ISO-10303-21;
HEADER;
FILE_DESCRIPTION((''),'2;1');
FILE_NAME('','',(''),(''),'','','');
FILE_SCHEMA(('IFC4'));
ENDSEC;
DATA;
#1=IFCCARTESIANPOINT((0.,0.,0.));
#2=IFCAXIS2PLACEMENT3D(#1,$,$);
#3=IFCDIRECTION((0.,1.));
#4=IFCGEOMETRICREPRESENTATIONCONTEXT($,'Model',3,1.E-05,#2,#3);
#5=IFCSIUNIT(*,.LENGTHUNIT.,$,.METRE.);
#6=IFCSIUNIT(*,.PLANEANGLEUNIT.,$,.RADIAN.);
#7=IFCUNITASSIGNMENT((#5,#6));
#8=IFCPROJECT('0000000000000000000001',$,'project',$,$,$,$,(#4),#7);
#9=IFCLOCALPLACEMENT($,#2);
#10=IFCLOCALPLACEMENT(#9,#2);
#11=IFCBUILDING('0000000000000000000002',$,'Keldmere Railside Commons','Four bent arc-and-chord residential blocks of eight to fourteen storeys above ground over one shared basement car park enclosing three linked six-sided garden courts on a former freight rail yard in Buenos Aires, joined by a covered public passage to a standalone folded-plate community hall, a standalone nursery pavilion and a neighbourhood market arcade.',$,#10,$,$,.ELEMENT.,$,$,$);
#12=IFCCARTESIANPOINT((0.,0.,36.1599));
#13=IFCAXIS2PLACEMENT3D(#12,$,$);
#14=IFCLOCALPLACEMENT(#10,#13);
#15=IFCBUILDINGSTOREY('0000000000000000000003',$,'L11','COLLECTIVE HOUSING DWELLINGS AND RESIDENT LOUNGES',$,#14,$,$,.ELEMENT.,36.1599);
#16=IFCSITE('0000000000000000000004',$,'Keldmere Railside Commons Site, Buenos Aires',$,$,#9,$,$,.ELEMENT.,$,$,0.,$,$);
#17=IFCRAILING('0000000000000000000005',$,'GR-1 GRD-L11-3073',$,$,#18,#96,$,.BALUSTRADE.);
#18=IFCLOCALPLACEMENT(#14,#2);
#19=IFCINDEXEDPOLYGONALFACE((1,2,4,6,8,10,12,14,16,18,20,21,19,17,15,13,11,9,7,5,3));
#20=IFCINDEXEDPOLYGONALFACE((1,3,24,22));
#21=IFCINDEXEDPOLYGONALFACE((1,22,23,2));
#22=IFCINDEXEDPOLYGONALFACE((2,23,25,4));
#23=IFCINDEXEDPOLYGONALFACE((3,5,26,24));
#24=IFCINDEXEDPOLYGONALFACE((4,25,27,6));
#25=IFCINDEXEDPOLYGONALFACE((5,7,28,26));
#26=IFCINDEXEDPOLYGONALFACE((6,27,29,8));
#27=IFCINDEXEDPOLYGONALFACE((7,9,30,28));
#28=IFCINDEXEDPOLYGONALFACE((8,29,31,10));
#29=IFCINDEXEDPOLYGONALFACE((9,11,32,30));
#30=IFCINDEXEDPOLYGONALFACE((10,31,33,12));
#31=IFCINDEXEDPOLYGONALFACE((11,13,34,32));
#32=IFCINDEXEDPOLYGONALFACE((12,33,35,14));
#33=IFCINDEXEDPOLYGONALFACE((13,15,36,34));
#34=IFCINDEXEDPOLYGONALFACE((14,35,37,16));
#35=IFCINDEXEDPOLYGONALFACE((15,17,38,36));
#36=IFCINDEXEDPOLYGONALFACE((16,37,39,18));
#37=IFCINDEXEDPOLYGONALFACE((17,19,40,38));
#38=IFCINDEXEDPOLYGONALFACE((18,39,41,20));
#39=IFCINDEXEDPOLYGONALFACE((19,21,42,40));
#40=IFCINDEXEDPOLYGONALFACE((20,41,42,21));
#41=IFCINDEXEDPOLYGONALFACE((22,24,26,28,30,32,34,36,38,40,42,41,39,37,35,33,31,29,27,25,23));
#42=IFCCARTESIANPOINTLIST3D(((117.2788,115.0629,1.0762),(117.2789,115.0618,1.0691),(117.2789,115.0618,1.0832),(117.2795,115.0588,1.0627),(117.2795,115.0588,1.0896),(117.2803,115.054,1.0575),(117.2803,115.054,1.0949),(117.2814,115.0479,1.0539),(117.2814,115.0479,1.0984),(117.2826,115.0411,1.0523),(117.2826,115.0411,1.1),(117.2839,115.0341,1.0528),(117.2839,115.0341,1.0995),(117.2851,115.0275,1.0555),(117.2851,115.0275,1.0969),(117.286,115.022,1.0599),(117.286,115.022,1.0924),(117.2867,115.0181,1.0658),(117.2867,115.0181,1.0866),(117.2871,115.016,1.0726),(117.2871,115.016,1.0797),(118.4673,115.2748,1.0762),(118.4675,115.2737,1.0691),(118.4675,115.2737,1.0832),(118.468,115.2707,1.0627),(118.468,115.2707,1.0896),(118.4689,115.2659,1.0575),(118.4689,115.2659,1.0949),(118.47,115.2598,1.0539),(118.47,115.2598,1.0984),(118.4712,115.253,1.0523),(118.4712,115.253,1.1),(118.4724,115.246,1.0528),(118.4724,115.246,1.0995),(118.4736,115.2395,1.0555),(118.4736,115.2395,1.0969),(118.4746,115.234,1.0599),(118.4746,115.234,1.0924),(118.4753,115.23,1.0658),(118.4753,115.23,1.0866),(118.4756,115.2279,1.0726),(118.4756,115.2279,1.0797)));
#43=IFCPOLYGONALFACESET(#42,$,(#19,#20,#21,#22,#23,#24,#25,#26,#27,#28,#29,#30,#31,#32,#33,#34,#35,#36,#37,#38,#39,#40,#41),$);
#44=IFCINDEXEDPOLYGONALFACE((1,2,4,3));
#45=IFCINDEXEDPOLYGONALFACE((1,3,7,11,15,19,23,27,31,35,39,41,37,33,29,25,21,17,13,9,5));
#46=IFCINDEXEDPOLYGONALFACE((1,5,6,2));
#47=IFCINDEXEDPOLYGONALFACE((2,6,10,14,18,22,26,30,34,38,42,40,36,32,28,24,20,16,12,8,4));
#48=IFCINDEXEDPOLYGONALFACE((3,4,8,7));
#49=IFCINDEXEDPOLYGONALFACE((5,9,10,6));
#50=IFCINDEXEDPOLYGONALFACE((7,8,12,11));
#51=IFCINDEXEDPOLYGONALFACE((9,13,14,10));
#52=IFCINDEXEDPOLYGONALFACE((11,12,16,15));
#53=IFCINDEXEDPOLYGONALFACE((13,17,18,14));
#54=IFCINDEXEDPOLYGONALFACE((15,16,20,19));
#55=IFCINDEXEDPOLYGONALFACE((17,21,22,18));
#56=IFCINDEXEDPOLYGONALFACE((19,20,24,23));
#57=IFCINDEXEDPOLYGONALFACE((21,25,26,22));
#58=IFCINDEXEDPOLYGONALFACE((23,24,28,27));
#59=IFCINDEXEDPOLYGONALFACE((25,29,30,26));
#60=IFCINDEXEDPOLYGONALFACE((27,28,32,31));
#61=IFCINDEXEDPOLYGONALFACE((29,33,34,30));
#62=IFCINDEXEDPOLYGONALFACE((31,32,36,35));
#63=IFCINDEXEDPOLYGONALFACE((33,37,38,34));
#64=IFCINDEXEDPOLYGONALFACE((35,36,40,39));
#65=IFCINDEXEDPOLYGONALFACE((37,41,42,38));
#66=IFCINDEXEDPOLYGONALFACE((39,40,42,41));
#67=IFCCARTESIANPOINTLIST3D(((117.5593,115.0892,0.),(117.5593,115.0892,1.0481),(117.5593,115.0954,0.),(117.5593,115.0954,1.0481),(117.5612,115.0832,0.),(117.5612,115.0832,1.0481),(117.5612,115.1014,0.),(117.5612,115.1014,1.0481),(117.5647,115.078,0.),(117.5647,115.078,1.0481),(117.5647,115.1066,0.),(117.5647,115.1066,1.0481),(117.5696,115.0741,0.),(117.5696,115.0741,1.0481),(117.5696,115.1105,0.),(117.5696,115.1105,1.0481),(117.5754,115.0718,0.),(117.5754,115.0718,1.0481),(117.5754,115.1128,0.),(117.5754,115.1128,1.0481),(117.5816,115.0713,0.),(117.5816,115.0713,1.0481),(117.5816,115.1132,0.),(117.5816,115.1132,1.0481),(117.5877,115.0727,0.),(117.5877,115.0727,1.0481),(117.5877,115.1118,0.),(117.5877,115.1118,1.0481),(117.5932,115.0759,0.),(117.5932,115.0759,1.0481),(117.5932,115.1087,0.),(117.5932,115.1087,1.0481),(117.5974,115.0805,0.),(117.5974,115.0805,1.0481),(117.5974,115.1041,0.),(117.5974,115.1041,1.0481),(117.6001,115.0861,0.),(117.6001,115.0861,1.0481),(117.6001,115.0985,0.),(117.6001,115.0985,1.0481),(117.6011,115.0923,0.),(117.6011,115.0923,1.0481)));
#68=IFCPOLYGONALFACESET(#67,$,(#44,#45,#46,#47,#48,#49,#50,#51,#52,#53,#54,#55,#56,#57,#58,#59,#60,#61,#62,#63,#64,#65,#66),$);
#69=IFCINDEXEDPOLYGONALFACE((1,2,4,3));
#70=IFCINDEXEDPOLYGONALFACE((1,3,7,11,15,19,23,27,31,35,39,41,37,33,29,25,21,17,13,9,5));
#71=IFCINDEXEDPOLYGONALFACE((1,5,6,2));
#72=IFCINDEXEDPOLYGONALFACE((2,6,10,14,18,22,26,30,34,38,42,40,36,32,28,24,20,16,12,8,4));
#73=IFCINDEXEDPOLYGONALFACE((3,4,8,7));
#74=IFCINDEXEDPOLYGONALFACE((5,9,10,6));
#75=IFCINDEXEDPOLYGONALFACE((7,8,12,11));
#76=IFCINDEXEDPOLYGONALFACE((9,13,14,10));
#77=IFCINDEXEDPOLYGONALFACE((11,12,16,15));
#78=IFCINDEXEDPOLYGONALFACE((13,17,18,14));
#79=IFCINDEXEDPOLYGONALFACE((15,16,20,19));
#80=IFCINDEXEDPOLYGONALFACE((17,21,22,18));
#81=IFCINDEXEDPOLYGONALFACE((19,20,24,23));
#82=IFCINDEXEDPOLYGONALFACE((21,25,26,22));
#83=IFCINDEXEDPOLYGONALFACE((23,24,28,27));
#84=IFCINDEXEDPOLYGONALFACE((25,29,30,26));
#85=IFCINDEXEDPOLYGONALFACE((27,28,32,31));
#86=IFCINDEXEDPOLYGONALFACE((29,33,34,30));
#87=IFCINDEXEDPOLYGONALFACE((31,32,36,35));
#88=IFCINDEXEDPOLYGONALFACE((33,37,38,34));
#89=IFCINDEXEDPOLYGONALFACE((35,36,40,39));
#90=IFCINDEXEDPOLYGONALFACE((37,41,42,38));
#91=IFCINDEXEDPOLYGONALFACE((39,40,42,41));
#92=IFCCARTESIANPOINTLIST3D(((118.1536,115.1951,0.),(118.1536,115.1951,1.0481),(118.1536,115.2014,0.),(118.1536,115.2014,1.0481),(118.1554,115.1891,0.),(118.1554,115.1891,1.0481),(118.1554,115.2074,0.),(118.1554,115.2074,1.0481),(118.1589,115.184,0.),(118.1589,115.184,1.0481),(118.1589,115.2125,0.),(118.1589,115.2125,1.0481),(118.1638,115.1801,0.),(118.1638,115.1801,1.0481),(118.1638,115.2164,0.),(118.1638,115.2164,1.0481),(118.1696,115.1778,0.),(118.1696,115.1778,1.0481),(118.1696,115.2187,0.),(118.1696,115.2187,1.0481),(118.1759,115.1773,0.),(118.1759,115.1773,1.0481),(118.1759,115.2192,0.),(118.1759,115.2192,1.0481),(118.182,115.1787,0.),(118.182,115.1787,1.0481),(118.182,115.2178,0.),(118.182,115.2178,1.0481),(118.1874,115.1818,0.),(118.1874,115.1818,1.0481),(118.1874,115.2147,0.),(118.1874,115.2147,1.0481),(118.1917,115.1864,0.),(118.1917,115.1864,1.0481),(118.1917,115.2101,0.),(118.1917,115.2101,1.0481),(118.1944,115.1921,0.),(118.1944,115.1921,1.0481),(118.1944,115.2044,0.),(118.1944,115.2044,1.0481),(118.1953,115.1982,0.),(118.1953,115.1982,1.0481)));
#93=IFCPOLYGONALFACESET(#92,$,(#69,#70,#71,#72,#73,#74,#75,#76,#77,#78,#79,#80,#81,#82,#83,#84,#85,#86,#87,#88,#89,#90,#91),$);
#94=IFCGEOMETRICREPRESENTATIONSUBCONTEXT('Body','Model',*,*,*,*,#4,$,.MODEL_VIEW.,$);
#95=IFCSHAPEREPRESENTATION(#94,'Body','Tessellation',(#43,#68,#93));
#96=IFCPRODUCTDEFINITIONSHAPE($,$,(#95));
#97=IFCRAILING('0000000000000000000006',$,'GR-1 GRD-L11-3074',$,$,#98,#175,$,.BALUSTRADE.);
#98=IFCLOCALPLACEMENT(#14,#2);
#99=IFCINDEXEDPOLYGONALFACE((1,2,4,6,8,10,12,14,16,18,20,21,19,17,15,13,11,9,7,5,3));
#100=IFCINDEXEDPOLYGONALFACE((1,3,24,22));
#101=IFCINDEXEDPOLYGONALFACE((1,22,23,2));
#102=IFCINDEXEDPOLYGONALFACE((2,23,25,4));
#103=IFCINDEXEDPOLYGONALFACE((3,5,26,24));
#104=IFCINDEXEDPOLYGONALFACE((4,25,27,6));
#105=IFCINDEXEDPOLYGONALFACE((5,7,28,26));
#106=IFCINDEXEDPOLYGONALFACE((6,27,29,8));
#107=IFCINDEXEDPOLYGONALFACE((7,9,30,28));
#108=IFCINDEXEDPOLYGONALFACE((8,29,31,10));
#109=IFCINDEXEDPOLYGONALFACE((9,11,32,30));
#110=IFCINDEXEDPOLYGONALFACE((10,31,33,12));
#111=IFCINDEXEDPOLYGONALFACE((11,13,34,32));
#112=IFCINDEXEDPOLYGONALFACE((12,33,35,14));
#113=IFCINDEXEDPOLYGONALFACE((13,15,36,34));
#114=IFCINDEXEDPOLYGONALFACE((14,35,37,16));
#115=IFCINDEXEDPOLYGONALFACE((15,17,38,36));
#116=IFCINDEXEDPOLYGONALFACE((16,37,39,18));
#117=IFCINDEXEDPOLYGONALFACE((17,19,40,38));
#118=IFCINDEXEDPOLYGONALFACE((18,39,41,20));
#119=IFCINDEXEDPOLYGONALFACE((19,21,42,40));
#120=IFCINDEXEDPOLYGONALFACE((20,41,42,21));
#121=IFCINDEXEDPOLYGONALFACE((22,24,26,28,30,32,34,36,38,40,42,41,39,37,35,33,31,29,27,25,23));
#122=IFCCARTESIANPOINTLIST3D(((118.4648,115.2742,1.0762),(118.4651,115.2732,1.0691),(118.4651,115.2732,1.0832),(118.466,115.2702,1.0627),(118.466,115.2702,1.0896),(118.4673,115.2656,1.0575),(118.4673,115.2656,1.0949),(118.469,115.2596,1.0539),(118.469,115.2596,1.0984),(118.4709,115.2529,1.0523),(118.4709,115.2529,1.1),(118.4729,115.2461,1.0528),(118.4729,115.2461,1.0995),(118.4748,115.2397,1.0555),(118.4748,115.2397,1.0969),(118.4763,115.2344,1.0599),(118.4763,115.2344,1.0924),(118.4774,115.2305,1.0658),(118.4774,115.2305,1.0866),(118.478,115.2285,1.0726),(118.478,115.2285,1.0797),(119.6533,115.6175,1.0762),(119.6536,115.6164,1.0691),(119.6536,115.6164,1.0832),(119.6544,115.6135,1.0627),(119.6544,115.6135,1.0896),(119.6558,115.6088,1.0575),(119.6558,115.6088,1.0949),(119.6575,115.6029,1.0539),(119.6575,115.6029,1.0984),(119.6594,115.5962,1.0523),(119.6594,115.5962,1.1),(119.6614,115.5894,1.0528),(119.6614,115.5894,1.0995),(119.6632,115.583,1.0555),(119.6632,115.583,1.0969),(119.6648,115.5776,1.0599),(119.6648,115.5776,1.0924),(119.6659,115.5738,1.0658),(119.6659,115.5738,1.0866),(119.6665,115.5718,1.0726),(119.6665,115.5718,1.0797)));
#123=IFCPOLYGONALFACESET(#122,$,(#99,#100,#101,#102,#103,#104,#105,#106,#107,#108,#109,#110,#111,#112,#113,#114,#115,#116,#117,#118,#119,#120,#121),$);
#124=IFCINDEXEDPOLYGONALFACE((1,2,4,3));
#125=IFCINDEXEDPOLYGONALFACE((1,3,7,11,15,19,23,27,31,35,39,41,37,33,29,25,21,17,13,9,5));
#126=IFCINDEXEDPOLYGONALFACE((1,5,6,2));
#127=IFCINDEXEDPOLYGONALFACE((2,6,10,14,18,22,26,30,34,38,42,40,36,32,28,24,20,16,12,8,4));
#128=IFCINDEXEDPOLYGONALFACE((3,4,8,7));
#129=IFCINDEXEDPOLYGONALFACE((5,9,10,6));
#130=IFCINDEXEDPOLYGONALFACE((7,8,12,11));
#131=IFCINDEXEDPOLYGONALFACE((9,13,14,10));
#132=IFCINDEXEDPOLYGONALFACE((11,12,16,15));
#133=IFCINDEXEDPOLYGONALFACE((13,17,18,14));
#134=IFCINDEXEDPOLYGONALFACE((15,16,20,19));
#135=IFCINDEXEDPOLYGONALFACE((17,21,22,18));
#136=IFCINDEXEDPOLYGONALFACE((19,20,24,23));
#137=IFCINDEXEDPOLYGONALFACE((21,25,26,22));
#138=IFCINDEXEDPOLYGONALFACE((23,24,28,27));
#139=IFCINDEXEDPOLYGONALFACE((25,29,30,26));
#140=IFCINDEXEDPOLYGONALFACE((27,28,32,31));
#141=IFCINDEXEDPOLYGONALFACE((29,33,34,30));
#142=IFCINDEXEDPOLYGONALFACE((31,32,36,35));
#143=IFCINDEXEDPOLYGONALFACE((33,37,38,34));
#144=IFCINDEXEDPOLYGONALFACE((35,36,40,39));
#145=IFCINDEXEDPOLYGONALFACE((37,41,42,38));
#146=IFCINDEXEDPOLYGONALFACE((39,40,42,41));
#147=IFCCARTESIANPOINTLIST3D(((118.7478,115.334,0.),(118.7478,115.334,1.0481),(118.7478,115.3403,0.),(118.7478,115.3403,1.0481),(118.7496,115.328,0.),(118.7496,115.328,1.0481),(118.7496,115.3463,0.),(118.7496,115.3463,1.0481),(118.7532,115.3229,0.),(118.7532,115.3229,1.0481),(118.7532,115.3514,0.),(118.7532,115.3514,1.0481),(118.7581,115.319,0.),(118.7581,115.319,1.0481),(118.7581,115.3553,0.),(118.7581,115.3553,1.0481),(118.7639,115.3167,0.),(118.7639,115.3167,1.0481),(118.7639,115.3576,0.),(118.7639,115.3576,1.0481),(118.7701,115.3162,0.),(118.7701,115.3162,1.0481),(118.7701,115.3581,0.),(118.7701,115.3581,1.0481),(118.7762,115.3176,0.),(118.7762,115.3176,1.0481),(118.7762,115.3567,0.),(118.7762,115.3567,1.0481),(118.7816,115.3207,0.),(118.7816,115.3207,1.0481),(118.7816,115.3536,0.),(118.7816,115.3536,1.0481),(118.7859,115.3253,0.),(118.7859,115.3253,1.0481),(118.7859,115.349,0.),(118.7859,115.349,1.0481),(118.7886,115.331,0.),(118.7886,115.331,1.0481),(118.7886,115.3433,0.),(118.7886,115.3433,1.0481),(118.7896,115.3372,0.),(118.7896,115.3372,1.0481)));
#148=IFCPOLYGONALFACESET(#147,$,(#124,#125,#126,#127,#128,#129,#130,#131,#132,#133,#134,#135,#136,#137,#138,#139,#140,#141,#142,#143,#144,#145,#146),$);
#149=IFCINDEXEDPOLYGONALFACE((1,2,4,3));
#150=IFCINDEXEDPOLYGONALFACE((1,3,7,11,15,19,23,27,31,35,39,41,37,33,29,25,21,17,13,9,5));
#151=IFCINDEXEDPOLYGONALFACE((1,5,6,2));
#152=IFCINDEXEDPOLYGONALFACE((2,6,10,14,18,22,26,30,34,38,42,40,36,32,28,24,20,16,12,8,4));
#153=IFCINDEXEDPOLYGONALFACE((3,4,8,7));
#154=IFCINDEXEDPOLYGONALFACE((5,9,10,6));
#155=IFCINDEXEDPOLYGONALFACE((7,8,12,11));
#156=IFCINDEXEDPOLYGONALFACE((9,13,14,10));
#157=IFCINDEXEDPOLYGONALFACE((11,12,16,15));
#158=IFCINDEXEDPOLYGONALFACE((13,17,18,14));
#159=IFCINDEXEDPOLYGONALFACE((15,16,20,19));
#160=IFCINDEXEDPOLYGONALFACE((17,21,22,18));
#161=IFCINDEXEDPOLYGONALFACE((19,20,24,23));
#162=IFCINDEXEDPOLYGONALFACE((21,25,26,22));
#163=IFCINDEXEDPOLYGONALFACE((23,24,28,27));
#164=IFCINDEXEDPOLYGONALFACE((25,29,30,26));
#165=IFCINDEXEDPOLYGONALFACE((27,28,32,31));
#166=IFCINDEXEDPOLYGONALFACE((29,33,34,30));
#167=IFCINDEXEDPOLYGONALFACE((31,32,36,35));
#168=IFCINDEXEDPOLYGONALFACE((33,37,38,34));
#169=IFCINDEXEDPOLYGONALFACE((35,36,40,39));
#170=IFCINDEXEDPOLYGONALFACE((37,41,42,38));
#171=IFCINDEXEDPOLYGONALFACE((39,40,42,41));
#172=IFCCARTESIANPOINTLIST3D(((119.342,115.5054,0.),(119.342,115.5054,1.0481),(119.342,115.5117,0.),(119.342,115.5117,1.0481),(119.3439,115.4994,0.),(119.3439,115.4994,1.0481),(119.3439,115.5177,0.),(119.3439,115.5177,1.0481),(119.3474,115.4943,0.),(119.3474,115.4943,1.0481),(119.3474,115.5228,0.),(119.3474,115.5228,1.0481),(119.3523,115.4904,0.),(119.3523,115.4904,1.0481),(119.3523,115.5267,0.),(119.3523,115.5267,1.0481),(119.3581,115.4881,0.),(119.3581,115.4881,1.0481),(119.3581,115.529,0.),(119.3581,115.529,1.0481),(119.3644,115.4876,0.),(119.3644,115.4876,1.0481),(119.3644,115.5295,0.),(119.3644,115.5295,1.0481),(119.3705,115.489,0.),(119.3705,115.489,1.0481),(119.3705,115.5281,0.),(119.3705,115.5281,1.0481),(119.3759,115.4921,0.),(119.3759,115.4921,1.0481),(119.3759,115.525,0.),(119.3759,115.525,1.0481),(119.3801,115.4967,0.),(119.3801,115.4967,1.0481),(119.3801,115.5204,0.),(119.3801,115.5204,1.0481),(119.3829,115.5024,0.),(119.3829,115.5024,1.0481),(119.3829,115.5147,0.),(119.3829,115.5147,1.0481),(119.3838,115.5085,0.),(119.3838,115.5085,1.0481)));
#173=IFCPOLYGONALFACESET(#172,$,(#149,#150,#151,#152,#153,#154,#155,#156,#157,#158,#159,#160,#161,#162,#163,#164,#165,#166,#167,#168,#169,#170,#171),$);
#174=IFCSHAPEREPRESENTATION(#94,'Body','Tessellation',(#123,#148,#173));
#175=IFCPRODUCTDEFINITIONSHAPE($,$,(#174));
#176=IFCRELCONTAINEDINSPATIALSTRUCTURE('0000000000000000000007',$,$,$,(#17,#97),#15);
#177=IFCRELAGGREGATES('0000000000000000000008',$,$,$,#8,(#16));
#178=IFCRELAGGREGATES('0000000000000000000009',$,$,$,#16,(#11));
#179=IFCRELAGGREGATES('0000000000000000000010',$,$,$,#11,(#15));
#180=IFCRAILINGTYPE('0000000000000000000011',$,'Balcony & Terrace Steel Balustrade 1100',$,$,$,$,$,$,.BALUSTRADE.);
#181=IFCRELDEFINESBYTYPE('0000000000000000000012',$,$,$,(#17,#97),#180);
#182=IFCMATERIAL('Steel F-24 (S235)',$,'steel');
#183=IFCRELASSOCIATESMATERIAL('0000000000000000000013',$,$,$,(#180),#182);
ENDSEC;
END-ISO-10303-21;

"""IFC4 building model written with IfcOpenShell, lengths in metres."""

from ifc_helpers import new_model, si_unit, direction, frame, origin, origin_2d, place, context, subcontext, project, spatial, circle, extrude, material, type_object, element, save


model = new_model("IFC4")

# Units and contexts
model_context = context("Model", 3, precision=1e-05, world=origin(), true_north=direction((0.0, 1.0)))
body_context = subcontext(model_context, "Body", "Model", "MODEL_VIEW")
ifc_project = project(units=[si_unit("LENGTHUNIT", "METRE"), si_unit("PLANEANGLEUNIT", "RADIAN")], contexts=[model_context])

# Site, building, storey
site_placement = place(None, origin())
site = spatial("IfcSite", under=ifc_project, at=site_placement, Name="Keldmere Railside Commons Site, Buenos Aires", CompositionType="ELEMENT", RefElevation=0.0)
building_placement = place(site_placement, origin())
building = spatial("IfcBuilding", under=site, at=building_placement, Name="Keldmere Railside Commons", Description="Four bent arc-and-chord residential blocks of eight to fourteen storeys above ground over one shared basement car park enclosing three linked six-sided garden courts on a former freight rail yard in Buenos Aires, joined by a covered public passage to a standalone folded-plate community hall, a standalone nursery pavilion and a neighbourhood market arcade.", CompositionType="ELEMENT")
storey_placement = place(building_placement, frame((0.0, 0.0, 36.1599)))
storey = spatial("IfcBuildingStorey", under=building, at=storey_placement, Name="L11", Description="COLLECTIVE HOUSING DWELLINGS AND RESIDENT LOUNGES", CompositionType="ELEMENT", Elevation=36.1599)

# Shared definitions
ifc_material_1 = material(Name="Steel F-24 (S235)", Category="steel")

# Railings
railing_type = type_object("IfcRailingType", Name="Balcony & Terrace Steel Balustrade 1100", PredefinedType="BALUSTRADE", material=ifc_material_1)
railing_1_placement = place(storey_placement, frame((117.283, 115.0393, 0.0)))
element("IfcRailing", 1, at=railing_1_placement, inside=storey, type_object=railing_type, Name="GR-1 GRD-L11-3073", PredefinedType="BALUSTRADE", context=body_context, shape_type="SweptSolid", body=[
    extrude(circle(Radius=0.0239, at=origin_2d()), frame((0.0, 0.0, 1.0762), z_axis=(0.984473, 0.175539, 0.0), x_axis=(-0.175539, 0.984473, 0.0)), (0.0, 0.0, 1.0), 1.2073),
    extrude(circle(Radius=0.021, at=origin_2d()), frame((0.2971, 0.053, 0.0)), (0.0, 0.0, 1.0), 1.0481),
    extrude(circle(Radius=0.021, at=origin_2d()), frame((0.8914, 0.1589, 0.0)), (0.0, 0.0, 1.0), 1.0481),
])
railing_2_placement = place(storey_placement, frame((118.4714, 115.2512, 0.0)))
element("IfcRailing", 2, at=railing_2_placement, inside=storey, type_object=railing_type, Name="GR-1 GRD-L11-3074", PredefinedType="BALUSTRADE", context=body_context, shape_type="SweptSolid", body=[
    extrude(circle(Radius=0.0239, at=origin_2d()), frame((0.0, 0.0, 1.0762), z_axis=(0.960731, 0.277483, 0.0), x_axis=(-0.277483, 0.960731, 0.0)), (0.0, 0.0, 1.0), 1.2371),
    extrude(circle(Radius=0.021, at=origin_2d()), frame((0.2971, 0.0859, 0.0)), (0.0, 0.0, 1.0), 1.0481),
    extrude(circle(Radius=0.021, at=origin_2d()), frame((0.8914, 0.2573, 0.0)), (0.0, 0.0, 1.0), 1.0481),
])

save(model, "model.ifc")
